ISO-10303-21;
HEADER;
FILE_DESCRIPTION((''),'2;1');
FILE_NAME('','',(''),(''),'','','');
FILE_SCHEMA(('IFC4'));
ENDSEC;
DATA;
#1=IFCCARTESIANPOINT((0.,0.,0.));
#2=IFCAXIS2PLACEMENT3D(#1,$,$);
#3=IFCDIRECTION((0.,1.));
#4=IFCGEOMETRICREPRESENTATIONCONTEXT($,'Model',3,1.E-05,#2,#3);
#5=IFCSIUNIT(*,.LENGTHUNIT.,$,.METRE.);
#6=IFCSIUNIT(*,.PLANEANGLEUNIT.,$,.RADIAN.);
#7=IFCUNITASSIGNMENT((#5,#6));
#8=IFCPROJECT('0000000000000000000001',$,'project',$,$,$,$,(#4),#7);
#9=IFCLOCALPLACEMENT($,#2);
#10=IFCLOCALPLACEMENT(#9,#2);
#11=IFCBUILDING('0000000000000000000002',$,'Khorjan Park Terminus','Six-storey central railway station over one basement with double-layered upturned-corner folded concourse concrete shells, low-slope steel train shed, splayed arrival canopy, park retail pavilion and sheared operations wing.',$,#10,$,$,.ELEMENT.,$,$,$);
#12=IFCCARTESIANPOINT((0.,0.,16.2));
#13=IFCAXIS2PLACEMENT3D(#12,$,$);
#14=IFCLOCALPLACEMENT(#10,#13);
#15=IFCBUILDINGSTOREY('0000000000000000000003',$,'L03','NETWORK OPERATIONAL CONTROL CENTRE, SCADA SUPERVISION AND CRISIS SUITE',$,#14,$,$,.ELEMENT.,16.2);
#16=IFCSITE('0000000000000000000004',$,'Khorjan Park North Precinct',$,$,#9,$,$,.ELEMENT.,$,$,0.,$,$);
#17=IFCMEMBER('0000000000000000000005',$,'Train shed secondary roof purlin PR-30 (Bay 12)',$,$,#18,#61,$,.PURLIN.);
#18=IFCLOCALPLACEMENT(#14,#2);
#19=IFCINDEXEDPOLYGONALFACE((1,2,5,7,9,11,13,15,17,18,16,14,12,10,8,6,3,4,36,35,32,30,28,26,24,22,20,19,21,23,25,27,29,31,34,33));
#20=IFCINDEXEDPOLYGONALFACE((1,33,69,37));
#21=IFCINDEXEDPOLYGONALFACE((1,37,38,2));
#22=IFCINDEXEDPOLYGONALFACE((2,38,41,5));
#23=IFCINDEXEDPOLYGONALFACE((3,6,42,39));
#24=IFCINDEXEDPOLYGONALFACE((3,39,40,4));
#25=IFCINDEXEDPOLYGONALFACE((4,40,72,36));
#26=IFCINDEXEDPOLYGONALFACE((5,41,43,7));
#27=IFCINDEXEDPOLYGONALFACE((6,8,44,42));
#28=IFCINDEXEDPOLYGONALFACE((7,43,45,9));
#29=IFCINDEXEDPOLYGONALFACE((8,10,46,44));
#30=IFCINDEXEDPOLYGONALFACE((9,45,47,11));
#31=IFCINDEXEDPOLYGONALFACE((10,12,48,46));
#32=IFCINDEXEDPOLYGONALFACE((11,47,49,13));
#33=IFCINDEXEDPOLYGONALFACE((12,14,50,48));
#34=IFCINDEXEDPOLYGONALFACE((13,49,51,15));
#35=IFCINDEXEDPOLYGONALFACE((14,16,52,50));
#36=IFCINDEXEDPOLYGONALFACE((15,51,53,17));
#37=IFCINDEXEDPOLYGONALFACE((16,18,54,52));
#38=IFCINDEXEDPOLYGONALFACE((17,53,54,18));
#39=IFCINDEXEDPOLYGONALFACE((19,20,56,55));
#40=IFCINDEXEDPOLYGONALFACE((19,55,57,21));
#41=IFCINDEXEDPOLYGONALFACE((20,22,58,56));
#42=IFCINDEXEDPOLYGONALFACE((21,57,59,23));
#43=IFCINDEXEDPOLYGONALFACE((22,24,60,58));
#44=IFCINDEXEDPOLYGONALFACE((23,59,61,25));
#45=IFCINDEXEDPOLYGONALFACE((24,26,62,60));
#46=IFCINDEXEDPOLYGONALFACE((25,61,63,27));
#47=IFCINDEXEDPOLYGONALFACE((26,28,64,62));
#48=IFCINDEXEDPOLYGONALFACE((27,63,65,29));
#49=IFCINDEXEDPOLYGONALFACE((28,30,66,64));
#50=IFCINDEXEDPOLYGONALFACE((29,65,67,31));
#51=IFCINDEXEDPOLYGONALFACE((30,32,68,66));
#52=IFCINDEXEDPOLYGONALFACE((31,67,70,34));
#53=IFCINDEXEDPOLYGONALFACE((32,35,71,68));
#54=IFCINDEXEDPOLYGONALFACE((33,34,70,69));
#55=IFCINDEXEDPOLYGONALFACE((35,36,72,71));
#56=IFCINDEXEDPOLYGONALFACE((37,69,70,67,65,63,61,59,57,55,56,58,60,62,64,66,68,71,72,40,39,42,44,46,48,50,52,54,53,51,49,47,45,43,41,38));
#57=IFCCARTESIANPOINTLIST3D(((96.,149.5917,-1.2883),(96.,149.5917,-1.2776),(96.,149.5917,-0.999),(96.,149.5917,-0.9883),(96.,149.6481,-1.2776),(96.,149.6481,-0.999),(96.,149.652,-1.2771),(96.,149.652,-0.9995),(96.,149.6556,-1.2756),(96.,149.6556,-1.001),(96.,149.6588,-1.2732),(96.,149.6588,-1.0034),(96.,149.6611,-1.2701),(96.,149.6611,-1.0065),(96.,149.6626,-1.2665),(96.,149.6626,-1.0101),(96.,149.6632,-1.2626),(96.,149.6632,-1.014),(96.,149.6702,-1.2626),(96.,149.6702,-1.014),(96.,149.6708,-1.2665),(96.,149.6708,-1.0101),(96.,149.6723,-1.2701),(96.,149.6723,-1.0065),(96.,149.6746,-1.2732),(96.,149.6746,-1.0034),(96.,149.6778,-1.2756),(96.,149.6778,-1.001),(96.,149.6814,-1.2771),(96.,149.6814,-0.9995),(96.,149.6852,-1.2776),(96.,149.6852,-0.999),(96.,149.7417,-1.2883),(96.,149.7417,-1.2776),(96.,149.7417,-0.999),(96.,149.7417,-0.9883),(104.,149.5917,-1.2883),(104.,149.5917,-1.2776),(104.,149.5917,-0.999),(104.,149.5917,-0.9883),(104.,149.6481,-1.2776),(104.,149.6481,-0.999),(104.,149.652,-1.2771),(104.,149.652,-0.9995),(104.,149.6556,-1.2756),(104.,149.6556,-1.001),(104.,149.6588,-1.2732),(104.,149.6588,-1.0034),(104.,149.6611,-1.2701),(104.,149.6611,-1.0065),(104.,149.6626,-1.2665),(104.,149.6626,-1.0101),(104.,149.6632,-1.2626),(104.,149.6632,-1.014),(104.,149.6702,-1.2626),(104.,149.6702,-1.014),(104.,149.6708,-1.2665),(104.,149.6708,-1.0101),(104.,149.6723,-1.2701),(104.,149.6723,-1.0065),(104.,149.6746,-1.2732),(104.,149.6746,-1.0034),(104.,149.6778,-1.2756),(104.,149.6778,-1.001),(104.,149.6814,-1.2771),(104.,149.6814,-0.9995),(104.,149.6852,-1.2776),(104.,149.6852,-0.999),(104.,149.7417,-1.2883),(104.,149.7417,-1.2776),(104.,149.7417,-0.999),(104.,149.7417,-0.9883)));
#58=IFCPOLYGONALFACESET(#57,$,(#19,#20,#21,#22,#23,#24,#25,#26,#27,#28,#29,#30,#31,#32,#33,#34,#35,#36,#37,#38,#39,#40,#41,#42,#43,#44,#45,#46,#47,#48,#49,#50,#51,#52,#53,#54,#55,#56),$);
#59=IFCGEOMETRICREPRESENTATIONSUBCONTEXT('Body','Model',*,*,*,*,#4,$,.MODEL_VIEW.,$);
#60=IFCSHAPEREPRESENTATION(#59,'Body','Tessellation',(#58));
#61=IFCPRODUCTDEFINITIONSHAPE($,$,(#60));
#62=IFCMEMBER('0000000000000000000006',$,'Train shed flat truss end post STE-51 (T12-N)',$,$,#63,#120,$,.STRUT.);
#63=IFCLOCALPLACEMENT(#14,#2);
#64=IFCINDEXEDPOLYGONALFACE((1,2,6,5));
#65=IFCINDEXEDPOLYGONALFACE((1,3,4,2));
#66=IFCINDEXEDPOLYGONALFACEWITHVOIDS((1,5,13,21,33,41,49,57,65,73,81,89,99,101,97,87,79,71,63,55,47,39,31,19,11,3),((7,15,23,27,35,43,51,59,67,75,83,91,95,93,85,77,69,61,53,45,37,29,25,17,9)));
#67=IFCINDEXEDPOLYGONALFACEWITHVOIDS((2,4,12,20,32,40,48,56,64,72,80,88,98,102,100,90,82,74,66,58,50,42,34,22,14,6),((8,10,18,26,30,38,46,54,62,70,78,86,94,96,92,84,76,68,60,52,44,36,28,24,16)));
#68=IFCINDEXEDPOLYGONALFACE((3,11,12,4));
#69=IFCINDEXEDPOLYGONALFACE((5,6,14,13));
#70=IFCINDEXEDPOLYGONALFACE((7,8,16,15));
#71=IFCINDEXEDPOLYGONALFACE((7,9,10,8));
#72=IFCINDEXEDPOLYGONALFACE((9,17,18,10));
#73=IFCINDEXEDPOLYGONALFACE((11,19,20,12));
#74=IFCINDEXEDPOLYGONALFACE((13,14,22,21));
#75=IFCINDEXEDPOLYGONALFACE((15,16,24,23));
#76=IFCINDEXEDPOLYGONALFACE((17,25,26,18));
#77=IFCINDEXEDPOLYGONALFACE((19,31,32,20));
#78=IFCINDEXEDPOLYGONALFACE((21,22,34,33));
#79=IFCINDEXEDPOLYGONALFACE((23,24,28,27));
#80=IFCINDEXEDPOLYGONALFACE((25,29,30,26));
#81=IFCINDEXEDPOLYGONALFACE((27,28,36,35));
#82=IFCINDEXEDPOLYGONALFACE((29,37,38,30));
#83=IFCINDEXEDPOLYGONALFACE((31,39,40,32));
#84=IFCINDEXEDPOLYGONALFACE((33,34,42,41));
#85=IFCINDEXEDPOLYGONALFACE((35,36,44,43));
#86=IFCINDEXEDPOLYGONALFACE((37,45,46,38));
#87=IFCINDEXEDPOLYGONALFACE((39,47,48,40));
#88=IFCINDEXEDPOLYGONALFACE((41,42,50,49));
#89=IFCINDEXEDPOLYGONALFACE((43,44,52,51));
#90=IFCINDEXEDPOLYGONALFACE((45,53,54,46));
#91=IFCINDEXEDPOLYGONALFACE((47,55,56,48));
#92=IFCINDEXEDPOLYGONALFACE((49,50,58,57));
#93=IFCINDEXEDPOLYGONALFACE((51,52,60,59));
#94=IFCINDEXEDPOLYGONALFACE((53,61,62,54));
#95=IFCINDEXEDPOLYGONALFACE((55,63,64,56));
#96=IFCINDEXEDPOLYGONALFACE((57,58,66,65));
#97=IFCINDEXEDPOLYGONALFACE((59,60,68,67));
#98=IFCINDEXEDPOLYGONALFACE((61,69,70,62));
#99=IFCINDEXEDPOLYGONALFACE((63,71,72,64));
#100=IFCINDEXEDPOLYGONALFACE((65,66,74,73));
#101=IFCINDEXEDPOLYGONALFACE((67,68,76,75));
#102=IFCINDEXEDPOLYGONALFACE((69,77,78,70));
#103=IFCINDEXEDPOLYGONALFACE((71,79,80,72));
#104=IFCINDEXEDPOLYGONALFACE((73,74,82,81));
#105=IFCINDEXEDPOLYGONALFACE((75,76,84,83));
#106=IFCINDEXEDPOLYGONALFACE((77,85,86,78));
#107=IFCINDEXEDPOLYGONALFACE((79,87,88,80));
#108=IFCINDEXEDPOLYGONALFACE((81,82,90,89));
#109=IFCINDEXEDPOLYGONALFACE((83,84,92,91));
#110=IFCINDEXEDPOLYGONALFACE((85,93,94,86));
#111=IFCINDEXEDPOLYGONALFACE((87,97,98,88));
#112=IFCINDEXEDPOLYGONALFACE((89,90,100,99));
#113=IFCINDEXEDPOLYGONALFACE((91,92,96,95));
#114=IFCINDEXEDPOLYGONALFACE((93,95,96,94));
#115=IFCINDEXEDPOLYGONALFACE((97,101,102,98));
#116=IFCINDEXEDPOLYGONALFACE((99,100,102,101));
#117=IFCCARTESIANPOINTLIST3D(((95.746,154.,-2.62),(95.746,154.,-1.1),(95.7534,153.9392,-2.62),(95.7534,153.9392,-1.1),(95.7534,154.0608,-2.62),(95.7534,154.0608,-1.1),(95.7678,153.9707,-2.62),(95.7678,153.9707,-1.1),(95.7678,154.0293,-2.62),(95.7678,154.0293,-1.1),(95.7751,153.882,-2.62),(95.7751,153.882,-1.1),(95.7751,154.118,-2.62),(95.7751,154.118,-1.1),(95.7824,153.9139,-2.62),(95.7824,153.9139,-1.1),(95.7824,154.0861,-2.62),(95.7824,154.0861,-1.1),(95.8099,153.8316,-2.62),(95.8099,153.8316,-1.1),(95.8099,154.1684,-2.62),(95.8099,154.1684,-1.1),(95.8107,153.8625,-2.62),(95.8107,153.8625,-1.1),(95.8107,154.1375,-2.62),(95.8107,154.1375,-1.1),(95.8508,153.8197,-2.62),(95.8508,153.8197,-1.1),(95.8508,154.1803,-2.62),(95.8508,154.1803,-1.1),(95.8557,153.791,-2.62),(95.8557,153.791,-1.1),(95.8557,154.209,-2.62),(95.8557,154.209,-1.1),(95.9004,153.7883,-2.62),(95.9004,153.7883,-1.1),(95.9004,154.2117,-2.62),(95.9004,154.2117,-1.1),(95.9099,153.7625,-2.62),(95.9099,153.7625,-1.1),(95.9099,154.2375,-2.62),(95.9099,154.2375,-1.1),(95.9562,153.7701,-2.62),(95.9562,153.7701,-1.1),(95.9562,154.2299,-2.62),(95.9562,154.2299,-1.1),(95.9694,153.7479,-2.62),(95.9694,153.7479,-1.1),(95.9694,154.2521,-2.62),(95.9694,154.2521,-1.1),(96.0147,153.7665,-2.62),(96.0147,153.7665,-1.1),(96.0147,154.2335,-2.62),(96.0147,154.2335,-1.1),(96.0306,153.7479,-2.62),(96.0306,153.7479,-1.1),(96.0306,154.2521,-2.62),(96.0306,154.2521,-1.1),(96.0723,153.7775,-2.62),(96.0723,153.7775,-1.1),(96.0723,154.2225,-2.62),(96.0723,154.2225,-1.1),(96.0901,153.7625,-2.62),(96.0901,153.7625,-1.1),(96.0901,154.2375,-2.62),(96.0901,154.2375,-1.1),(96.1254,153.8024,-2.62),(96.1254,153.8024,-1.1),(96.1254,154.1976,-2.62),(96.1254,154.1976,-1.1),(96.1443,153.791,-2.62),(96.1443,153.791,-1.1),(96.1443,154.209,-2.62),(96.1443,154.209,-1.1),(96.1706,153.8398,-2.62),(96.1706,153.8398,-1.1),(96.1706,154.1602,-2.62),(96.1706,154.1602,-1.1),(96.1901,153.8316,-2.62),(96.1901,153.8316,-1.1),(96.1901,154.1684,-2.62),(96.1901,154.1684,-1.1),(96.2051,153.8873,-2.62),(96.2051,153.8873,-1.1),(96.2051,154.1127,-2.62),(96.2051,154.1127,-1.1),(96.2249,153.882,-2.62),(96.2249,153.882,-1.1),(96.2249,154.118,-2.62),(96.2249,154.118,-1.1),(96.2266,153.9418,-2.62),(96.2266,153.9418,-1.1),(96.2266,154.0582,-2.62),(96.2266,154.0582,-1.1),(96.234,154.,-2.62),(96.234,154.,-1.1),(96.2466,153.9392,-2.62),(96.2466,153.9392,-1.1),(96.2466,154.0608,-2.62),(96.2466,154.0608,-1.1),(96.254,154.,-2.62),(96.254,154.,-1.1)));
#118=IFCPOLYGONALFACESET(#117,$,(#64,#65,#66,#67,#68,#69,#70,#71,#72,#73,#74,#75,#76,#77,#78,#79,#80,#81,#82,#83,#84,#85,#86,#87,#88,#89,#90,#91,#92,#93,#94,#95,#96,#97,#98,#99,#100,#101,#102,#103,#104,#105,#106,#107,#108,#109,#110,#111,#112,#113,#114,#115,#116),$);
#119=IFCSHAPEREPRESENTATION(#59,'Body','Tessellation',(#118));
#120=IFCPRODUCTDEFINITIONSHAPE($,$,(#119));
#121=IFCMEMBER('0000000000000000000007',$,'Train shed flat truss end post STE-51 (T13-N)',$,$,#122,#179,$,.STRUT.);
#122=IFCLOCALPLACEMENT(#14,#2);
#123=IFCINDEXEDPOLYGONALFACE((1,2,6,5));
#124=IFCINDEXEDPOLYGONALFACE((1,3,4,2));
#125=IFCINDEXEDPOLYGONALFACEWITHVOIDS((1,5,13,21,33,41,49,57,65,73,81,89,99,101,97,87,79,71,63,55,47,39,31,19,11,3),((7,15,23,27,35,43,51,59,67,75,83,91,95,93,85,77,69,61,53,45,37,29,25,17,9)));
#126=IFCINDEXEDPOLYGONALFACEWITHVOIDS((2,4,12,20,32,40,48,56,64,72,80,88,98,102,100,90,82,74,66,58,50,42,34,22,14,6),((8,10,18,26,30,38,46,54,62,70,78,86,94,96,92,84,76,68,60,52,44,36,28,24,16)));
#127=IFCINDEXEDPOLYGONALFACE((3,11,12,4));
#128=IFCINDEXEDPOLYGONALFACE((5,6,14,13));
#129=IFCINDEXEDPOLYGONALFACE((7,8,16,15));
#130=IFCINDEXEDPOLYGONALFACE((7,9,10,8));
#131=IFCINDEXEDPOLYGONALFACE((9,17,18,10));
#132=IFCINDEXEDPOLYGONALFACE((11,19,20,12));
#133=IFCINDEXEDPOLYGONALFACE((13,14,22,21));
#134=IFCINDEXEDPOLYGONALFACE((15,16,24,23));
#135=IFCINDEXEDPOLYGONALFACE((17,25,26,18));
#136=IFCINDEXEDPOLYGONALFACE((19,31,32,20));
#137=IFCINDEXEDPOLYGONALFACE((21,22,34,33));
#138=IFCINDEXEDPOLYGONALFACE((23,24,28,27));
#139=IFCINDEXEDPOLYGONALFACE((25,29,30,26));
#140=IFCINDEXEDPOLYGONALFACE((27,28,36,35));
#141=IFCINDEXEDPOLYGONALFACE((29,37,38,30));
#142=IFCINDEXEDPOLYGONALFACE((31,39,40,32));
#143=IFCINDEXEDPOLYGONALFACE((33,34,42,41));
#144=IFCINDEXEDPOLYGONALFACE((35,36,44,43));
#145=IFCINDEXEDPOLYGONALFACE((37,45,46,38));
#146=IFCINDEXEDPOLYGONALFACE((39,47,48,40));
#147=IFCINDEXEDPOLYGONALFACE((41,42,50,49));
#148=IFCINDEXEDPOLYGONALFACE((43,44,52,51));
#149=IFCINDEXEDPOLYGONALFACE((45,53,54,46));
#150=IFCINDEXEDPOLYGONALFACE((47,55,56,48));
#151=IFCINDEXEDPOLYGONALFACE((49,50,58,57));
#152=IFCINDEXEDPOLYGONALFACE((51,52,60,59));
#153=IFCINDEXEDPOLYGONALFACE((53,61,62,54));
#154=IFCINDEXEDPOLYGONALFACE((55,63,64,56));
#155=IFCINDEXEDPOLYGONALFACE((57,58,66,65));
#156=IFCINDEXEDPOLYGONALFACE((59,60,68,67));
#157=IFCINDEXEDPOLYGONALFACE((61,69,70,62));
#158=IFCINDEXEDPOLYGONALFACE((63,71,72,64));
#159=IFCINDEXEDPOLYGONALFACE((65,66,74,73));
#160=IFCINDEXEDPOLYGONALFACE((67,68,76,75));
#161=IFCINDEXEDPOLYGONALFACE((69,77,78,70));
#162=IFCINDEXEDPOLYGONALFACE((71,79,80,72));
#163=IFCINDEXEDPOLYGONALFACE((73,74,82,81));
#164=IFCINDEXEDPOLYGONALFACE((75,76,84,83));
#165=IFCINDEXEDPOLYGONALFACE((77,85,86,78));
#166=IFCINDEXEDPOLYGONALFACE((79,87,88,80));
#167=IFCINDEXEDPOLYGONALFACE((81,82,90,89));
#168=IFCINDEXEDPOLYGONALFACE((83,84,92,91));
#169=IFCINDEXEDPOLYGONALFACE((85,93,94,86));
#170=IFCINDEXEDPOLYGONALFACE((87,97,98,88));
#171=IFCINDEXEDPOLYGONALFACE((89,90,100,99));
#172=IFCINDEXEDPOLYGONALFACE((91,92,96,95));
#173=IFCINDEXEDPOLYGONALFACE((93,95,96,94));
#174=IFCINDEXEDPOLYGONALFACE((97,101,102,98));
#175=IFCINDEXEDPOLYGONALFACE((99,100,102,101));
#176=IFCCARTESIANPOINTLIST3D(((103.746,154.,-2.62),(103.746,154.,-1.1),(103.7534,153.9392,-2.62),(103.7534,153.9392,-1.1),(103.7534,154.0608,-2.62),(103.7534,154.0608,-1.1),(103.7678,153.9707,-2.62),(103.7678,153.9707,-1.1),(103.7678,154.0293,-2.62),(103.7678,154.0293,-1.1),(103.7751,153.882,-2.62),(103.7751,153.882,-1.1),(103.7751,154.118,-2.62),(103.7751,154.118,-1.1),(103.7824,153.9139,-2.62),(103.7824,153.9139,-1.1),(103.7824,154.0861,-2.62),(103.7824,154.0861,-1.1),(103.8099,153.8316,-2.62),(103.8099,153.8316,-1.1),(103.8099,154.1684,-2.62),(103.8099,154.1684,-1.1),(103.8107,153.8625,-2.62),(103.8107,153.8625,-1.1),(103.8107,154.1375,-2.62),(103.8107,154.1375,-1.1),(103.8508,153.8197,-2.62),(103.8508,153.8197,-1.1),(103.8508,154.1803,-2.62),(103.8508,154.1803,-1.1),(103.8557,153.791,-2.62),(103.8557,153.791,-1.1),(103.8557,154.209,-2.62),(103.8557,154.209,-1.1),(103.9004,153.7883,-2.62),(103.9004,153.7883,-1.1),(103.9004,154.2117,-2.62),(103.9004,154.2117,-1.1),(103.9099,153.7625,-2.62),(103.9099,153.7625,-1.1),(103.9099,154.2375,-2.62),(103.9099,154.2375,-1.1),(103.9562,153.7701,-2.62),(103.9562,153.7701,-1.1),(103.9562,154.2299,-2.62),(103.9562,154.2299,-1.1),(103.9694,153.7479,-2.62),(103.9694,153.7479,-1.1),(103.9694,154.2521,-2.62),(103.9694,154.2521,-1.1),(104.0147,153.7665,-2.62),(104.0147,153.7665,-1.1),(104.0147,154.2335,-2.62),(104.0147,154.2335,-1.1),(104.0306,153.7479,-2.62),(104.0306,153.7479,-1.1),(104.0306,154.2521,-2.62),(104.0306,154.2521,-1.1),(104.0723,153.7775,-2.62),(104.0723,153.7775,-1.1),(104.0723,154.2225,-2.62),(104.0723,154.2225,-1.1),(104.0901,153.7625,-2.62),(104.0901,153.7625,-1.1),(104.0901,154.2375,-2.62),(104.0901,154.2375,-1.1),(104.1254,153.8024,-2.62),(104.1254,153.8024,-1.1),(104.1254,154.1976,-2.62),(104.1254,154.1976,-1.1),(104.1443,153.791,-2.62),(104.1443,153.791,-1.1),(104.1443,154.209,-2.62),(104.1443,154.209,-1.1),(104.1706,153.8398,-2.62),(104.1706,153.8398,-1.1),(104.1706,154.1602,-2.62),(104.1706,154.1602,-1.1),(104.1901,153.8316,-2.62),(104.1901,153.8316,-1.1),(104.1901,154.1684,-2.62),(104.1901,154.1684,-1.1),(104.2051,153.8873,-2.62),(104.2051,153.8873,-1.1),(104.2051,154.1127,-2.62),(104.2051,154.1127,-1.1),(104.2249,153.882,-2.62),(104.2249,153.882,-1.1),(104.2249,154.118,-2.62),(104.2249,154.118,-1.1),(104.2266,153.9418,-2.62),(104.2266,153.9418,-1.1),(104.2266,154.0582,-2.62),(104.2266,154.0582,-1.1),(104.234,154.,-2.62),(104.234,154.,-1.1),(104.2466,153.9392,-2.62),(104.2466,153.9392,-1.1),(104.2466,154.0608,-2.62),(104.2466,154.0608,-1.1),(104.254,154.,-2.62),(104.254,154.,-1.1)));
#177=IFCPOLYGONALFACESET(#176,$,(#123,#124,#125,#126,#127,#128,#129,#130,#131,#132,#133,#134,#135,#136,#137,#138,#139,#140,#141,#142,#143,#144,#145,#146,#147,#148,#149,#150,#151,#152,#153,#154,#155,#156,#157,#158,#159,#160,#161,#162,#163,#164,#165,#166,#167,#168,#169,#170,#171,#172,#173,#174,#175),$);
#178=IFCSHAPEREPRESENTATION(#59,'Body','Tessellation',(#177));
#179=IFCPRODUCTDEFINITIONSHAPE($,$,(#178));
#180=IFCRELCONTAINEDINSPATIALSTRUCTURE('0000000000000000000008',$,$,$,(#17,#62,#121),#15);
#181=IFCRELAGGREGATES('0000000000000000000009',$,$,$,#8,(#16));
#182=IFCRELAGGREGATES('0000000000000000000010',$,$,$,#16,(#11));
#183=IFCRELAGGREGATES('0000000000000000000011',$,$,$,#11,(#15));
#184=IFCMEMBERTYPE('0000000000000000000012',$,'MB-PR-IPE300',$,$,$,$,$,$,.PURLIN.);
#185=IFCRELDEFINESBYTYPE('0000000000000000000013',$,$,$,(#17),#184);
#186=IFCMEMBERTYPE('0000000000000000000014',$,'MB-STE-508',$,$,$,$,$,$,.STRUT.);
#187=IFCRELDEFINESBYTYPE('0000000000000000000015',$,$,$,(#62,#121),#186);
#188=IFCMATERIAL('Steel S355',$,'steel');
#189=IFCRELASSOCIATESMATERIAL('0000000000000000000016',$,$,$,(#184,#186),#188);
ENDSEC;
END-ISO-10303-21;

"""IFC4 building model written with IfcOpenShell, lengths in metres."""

from ifc_helpers import new_model, si_unit, direction, frame, origin, origin_2d, place, context, subcontext, project, spatial, hollow_circle, i_section, extrude, material, material_profile, profile_set, type_object, element, save


model = new_model("IFC4")

# Units and contexts
model_context = context("Model", 3, precision=1e-05, world=origin(), true_north=direction((0.0, 1.0)))
body_context = subcontext(model_context, "Body", "Model", "MODEL_VIEW")
ifc_project = project(units=[si_unit("LENGTHUNIT", "METRE"), si_unit("PLANEANGLEUNIT", "RADIAN")], contexts=[model_context])

# Site, building, storey
site_placement = place(None, origin())
site = spatial("IfcSite", under=ifc_project, at=site_placement, Name="Khorjan Park North Precinct", CompositionType="ELEMENT", RefElevation=0.0)
building_placement = place(site_placement, origin())
building = spatial("IfcBuilding", under=site, at=building_placement, Name="Khorjan Park Terminus", Description="Six-storey central railway station over one basement with double-layered upturned-corner folded concourse concrete shells, low-slope steel train shed, splayed arrival canopy, park retail pavilion and sheared operations wing.", CompositionType="ELEMENT")
storey_placement = place(building_placement, frame((0.0, 0.0, 16.2)))
storey = spatial("IfcBuildingStorey", under=building, at=storey_placement, Name="L03", Description="NETWORK OPERATIONAL CONTROL CENTRE, SCADA SUPERVISION AND CRISIS SUITE", CompositionType="ELEMENT", Elevation=16.2)

# Members
ifc_material = material(Name="Steel S355", Category="steel")
ifc_material_profile_1 = material_profile(ifc_material, i_section(OverallWidth=0.15, OverallDepth=0.3, WebThickness=0.0071, FlangeThickness=0.0107, FilletRadius=0.015, at=origin_2d()), Name="IPE 300")
ifc_profile_set_1 = profile_set([ifc_material_profile_1], Name="Steel S355")
member_type_1 = type_object("IfcMemberType", Name="MB-PR-IPE300", PredefinedType="PURLIN", material=ifc_profile_set_1)
for number, where, z_axis, x_axis, name in (
    (1, (96.0, 149.6667, -1.1383), (1.0, 0.0, 0.0), (0.0, 1.0, 0.0), "Train shed secondary roof purlin PR-30 (Bay 12)"),
):
    element("IfcMember", number, at=place(storey_placement, frame(where, z_axis=z_axis, x_axis=x_axis)), inside=storey, type_object=member_type_1, Name=name, PredefinedType="PURLIN", context=body_context, shape_type="SweptSolid", body=[
        extrude(i_section(OverallWidth=0.15, OverallDepth=0.3, WebThickness=0.0071, FlangeThickness=0.0107, FilletRadius=0.015, at=origin_2d()), origin(), (0.0, 0.0, 1.0), 8.0),
    ])
ifc_material_profile_2 = material_profile(ifc_material, hollow_circle(Radius=0.254, WallThickness=0.02, at=origin_2d()), Name="CHS 508x20")
ifc_profile_set_2 = profile_set([ifc_material_profile_2], Name="Steel S355")
member_type_2 = type_object("IfcMemberType", Name="MB-STE-508", PredefinedType="STRUT", material=ifc_profile_set_2)
for number, where, z_axis, x_axis, name in (
    (2, (96.0, 154.0, -2.62), (0.0, 0.0, 1.0), (1.0, 0.0, 0.0), "Train shed flat truss end post STE-51 (T12-N)"),
    (3, (104.0, 154.0, -2.62), (0.0, 0.0, 1.0), (1.0, 0.0, 0.0), "Train shed flat truss end post STE-51 (T13-N)"),
):
    element("IfcMember", number, at=place(storey_placement, frame(where, z_axis=z_axis, x_axis=x_axis)), inside=storey, type_object=member_type_2, Name=name, PredefinedType="STRUT", context=body_context, shape_type="SweptSolid", body=[
        extrude(hollow_circle(Radius=0.254, WallThickness=0.02, at=origin_2d()), origin(), (0.0, 0.0, 1.0), 1.52),
    ])

save(model, "model.ifc")
